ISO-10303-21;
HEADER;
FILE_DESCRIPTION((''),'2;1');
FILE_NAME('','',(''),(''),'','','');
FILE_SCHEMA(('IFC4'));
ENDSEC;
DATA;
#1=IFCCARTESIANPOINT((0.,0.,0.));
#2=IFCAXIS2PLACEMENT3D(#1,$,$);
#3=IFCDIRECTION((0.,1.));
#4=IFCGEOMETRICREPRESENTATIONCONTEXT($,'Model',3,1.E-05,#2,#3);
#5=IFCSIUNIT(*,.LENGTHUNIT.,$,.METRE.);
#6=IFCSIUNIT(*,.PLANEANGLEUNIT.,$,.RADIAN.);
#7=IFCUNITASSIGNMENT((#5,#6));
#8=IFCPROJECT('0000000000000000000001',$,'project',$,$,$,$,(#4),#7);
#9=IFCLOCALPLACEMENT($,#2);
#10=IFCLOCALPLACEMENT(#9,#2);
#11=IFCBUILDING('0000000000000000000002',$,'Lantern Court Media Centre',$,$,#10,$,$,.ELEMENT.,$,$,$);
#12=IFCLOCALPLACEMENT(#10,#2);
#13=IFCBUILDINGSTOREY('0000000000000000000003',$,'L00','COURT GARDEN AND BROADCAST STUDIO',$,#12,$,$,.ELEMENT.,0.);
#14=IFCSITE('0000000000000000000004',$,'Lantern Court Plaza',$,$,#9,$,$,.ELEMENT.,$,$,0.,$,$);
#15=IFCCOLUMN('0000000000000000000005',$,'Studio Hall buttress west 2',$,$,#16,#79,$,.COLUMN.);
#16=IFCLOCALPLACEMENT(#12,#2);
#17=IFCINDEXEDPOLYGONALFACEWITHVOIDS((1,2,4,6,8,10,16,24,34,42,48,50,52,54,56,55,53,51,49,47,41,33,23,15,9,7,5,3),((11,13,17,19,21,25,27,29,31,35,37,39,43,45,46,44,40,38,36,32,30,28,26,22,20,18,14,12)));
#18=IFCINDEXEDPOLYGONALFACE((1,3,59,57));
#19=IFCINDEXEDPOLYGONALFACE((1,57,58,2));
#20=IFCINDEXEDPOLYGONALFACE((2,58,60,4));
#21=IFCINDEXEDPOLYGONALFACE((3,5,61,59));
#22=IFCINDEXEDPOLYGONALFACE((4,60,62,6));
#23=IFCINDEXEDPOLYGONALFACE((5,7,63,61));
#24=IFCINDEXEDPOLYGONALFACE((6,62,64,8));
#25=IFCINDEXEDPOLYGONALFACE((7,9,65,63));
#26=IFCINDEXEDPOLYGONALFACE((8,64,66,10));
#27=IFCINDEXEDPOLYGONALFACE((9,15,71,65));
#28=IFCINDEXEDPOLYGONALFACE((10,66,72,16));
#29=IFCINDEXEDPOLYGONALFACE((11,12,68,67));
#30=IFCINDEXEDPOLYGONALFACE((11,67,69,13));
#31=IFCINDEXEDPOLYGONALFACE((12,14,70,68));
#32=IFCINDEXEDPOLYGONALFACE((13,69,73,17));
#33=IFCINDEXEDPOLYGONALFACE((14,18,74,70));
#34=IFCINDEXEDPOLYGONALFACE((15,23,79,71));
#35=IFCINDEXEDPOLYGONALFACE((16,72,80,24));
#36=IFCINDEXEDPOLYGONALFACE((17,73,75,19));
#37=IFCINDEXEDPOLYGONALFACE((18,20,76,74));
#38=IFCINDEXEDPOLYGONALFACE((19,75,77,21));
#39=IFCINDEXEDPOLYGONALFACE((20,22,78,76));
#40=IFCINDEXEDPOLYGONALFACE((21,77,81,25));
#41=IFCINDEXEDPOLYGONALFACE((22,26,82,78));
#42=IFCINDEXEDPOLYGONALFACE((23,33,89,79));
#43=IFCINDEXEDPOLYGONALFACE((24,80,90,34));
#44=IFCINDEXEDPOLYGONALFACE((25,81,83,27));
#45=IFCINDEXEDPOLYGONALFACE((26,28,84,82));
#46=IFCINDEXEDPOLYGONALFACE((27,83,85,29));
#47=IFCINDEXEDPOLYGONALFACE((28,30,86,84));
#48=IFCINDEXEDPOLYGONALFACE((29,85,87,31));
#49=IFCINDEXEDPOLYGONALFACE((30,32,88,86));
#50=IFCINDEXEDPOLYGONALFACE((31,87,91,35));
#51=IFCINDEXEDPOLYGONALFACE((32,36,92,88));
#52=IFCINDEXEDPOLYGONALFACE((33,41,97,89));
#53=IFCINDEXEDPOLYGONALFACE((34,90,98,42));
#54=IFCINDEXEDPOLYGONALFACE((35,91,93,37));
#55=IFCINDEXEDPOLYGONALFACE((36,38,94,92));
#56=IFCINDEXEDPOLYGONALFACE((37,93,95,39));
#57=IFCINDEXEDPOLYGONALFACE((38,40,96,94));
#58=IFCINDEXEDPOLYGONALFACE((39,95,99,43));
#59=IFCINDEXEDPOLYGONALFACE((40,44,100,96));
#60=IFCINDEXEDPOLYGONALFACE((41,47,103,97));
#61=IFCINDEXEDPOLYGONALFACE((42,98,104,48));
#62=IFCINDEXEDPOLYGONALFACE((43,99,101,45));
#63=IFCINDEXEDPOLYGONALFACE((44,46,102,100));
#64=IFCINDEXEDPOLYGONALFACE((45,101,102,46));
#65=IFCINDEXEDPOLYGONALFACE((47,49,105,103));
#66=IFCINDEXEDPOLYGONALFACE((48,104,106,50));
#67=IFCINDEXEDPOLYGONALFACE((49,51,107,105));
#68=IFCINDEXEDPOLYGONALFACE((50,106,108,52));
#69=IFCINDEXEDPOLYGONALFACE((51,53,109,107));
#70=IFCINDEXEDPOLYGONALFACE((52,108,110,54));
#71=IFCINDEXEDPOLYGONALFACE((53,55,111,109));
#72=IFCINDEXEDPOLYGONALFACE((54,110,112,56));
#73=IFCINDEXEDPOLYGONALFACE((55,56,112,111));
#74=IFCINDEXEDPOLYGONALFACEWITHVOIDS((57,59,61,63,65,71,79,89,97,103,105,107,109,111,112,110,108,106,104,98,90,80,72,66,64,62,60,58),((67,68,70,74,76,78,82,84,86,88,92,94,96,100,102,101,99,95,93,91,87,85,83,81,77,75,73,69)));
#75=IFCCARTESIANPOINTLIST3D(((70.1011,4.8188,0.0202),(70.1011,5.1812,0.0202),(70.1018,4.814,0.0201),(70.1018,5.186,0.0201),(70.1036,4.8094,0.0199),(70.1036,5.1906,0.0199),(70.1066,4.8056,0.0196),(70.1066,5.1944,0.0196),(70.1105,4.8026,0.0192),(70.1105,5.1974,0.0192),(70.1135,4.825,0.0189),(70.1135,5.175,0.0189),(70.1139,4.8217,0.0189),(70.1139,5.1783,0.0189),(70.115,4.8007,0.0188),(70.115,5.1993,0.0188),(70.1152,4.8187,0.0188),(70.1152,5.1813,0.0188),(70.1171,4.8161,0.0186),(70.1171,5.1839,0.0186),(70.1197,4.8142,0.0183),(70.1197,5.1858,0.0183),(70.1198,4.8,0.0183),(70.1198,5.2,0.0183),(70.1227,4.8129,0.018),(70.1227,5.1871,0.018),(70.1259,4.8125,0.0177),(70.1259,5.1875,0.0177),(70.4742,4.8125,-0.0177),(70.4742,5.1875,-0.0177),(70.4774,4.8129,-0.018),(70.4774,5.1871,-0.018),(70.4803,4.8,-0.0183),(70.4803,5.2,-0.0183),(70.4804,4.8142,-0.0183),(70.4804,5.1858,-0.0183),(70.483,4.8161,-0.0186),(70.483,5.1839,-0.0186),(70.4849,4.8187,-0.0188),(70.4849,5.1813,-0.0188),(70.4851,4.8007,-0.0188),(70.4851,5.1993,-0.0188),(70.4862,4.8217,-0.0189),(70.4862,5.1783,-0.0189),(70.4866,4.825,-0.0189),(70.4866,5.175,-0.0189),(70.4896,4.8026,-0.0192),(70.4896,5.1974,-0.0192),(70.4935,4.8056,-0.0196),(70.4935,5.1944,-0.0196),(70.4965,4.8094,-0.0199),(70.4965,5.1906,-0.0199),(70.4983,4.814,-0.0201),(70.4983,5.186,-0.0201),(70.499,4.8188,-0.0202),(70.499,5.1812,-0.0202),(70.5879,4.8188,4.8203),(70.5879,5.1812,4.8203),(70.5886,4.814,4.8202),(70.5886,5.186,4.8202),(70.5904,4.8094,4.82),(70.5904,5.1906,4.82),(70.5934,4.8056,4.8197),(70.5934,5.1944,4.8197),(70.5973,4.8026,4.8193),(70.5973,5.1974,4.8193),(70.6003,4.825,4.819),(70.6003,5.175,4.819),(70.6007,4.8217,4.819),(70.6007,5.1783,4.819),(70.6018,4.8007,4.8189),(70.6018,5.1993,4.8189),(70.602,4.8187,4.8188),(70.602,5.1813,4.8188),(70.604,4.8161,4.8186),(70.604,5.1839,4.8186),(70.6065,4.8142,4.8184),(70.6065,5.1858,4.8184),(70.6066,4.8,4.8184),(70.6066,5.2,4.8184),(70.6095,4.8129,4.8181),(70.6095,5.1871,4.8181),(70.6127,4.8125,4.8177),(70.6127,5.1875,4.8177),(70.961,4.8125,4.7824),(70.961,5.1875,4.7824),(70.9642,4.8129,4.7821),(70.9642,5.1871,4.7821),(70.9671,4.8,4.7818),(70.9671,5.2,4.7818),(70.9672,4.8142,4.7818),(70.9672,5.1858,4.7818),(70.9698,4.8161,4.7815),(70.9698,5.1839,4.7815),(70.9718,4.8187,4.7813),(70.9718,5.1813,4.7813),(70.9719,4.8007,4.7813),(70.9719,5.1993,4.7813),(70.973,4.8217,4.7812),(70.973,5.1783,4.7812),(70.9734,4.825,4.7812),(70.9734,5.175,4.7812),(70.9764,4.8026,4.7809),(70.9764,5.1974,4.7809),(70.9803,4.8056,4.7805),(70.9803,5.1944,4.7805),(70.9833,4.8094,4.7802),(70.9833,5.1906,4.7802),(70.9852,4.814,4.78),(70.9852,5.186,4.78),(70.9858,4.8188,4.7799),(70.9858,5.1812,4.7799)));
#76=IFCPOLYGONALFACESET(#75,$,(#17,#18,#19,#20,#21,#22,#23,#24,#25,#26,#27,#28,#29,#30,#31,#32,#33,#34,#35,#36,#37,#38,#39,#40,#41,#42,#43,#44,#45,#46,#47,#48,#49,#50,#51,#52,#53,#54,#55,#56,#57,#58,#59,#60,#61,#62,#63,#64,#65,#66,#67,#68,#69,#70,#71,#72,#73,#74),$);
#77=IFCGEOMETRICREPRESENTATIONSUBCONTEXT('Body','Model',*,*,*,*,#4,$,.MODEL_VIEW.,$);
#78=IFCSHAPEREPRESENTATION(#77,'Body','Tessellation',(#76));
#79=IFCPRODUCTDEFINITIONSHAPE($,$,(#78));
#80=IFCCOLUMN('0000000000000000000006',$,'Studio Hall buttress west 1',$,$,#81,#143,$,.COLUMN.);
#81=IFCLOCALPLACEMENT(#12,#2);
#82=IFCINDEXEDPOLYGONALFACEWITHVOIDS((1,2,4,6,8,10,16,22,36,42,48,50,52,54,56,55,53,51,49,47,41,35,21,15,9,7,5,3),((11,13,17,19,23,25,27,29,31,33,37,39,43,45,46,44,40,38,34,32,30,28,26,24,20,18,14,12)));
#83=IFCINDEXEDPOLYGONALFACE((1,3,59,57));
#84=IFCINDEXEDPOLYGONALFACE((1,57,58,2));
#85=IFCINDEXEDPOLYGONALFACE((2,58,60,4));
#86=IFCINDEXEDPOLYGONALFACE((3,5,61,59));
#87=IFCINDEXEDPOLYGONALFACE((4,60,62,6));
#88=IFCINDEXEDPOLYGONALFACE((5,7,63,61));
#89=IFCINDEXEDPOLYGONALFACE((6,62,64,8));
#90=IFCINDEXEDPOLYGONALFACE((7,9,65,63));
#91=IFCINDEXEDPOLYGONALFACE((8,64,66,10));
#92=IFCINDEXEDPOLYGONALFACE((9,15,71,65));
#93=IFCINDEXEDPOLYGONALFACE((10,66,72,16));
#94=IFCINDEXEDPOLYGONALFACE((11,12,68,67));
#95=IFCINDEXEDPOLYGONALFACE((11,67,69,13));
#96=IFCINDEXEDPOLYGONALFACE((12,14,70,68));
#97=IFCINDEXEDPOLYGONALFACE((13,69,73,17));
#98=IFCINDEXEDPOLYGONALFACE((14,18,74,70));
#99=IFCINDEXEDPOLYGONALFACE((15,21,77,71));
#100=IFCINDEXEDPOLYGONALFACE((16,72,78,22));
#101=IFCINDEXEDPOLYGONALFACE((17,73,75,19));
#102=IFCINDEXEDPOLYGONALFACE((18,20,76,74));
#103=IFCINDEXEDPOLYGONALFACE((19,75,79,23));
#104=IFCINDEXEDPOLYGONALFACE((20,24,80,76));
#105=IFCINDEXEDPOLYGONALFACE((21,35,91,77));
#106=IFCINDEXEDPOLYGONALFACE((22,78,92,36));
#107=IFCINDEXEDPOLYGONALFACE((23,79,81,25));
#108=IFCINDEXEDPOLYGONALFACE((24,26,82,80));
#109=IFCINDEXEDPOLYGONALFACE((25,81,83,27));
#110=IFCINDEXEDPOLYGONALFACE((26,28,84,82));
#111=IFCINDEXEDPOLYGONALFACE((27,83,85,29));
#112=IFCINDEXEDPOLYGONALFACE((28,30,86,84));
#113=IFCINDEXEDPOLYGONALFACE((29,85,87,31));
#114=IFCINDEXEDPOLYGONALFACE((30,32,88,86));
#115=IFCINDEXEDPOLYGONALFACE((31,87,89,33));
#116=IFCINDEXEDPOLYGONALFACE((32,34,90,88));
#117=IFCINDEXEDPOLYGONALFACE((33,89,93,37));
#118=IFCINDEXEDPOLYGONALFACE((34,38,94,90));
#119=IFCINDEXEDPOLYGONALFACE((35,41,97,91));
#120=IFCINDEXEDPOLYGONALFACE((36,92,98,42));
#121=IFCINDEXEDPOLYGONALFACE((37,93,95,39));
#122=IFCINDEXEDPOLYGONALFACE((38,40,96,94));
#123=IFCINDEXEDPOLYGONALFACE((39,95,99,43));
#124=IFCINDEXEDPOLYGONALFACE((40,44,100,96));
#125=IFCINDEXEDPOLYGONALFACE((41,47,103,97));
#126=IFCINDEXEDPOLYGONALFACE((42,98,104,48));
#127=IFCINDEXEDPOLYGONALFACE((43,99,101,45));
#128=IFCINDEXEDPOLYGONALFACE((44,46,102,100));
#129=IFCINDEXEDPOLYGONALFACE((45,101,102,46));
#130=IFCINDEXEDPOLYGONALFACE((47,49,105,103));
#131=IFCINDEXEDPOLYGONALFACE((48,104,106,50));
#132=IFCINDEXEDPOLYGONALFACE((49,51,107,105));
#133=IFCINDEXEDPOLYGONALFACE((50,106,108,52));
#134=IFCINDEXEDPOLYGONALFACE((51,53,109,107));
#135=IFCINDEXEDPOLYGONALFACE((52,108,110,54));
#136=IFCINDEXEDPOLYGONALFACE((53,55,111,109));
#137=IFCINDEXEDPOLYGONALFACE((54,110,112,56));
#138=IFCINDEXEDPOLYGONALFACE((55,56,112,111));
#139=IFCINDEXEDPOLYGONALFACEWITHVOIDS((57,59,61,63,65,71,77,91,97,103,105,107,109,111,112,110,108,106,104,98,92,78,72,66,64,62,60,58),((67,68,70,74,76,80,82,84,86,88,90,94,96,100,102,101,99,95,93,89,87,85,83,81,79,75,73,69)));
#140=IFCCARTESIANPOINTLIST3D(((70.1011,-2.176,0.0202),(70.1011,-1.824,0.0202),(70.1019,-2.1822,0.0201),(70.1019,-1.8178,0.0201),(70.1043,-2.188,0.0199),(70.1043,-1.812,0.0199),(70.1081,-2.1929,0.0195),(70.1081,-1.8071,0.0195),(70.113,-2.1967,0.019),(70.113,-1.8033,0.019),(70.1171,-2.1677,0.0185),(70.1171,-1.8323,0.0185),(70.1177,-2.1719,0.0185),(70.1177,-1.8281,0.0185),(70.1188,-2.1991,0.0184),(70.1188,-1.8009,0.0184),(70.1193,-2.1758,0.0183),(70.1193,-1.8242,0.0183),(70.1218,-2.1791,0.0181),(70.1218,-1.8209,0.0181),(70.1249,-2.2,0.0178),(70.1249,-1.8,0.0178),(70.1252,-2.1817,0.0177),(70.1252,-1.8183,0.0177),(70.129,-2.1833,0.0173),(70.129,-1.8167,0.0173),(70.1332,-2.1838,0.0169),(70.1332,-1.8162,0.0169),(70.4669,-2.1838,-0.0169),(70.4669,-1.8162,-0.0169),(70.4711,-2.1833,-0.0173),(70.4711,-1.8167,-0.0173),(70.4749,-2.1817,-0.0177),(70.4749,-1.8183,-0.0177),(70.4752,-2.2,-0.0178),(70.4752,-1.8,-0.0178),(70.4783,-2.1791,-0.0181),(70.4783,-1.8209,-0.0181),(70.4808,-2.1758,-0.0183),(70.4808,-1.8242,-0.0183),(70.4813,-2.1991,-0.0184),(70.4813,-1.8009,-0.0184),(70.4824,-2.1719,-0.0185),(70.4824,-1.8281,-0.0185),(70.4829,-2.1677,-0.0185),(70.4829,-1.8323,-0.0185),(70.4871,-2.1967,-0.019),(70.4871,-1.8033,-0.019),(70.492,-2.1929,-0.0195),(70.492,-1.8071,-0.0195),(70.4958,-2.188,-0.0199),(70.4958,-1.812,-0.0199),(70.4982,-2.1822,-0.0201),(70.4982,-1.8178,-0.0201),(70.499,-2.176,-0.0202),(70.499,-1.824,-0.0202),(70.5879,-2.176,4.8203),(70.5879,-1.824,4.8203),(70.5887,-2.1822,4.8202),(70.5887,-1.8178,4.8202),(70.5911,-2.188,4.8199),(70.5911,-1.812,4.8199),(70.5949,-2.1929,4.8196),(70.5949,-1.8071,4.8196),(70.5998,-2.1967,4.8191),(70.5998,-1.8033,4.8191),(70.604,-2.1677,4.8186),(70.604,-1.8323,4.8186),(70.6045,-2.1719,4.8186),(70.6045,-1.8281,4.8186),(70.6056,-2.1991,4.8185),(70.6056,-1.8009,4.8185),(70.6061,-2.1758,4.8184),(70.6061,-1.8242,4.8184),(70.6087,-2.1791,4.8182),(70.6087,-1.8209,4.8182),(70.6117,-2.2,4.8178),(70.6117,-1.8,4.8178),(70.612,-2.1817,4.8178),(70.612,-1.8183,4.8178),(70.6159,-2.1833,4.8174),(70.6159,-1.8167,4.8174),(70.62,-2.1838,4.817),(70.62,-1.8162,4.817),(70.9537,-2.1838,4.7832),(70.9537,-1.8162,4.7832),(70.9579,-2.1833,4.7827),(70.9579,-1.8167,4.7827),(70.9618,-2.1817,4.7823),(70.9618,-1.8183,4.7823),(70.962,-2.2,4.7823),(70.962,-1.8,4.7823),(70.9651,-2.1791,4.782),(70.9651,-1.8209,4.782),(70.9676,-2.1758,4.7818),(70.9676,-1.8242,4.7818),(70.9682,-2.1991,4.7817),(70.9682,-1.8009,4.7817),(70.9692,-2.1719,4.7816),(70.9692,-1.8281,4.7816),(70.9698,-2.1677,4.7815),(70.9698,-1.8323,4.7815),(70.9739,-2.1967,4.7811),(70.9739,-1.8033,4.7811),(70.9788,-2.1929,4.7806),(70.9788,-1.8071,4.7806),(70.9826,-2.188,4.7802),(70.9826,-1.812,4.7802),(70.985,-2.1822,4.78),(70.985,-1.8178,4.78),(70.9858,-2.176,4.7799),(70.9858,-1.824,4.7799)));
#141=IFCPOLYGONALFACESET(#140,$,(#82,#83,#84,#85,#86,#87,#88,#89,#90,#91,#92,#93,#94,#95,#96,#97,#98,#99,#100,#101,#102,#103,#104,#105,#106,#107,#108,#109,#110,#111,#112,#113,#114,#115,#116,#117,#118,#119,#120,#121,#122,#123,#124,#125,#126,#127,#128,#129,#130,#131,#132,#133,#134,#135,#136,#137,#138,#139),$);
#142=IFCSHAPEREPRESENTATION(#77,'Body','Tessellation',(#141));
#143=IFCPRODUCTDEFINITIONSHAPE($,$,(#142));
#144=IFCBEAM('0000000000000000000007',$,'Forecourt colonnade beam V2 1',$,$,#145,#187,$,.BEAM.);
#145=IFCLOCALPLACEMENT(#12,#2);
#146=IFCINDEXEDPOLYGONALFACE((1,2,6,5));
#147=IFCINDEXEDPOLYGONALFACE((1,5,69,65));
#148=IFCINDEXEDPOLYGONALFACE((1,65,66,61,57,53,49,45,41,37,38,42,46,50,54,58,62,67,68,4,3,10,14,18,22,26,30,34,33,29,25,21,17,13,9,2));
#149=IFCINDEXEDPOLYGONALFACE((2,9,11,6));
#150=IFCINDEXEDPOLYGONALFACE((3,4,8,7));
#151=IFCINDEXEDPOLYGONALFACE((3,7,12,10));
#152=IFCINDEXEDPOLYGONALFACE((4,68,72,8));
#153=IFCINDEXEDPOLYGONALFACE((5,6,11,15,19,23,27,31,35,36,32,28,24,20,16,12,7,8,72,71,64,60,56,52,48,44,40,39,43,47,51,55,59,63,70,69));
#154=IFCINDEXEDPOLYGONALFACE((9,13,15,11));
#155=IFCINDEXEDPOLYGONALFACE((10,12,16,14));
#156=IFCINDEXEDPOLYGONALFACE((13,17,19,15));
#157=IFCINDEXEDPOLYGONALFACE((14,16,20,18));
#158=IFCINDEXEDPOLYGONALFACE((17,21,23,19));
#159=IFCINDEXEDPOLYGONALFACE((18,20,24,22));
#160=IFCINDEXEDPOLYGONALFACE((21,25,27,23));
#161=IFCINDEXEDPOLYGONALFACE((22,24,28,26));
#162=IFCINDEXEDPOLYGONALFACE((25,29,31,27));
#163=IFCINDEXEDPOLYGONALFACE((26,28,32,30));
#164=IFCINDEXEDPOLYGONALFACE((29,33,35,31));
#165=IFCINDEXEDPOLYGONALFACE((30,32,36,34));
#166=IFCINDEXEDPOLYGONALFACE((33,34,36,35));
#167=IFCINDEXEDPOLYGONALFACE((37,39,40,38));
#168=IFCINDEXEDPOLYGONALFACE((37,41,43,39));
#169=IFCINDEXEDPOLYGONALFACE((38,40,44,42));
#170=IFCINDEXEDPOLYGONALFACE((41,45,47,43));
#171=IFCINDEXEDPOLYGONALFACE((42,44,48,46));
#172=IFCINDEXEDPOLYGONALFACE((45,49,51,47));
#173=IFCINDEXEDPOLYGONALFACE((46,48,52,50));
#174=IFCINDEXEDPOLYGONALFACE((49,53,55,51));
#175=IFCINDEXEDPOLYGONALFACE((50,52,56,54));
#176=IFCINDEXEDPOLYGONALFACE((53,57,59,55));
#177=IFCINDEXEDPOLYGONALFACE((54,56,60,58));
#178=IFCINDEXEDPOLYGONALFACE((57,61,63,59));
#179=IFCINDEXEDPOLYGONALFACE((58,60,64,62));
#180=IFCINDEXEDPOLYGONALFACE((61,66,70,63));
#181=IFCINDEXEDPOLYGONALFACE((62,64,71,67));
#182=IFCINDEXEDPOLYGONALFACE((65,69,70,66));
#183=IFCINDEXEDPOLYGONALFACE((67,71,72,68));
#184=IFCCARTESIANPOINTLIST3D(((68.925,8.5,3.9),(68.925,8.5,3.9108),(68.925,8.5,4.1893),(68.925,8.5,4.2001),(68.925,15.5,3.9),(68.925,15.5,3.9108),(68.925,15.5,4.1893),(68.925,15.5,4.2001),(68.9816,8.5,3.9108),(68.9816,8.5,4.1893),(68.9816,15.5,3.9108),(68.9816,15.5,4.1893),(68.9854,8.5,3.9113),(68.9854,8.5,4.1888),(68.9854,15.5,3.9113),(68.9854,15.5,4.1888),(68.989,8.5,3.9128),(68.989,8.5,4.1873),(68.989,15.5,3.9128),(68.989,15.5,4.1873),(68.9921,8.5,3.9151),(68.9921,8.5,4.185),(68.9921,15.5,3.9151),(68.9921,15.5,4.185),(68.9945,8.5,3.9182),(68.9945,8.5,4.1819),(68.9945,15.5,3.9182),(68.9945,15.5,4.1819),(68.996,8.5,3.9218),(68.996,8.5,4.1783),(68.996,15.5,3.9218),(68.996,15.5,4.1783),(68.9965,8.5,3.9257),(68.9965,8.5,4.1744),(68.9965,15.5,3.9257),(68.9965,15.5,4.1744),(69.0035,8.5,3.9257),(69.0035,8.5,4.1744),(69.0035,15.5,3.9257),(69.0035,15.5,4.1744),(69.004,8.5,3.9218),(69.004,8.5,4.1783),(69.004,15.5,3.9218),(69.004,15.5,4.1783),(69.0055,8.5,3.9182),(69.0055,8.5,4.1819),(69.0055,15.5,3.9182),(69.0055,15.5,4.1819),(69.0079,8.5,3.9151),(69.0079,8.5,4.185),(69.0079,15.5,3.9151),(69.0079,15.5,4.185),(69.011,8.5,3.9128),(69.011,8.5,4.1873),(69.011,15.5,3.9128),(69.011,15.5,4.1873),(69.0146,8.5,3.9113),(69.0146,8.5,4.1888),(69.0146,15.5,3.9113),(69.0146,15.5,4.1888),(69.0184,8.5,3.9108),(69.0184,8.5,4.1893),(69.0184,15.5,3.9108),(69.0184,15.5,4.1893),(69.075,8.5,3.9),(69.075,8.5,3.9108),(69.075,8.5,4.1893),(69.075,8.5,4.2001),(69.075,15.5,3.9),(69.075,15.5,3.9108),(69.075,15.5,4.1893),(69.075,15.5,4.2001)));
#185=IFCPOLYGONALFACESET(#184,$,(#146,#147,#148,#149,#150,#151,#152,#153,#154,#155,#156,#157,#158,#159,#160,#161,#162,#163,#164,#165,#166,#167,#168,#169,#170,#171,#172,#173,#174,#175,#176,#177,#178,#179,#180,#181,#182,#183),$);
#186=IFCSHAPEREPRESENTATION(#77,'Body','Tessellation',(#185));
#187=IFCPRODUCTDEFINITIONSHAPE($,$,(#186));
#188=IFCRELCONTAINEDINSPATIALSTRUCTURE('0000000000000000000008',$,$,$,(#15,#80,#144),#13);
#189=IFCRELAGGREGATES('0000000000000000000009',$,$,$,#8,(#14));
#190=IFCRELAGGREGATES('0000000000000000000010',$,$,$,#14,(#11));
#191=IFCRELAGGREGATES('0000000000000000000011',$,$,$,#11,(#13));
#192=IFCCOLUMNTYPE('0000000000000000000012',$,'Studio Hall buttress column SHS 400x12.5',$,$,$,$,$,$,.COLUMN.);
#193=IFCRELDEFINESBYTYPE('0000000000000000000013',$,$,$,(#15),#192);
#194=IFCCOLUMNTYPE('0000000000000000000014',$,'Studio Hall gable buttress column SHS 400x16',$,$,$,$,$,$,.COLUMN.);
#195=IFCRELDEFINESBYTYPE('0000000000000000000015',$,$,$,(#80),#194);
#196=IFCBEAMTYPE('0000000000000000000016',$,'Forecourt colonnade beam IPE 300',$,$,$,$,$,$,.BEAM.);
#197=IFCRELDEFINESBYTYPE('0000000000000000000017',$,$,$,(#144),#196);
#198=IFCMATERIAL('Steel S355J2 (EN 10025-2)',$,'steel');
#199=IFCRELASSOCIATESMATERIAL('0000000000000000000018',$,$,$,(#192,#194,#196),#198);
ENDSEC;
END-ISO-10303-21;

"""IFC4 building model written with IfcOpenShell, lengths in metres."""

from ifc_helpers import new_model, si_unit, direction, frame, origin, origin_2d, place, context, subcontext, project, spatial, hollow_rectangle, i_section, extrude, material, material_profile, profile_set, type_object, element, save


model = new_model("IFC4")

# Units and contexts
model_context = context("Model", 3, precision=1e-05, world=origin(), true_north=direction((0.0, 1.0)))
body_context = subcontext(model_context, "Body", "Model", "MODEL_VIEW")
ifc_project = project(units=[si_unit("LENGTHUNIT", "METRE"), si_unit("PLANEANGLEUNIT", "RADIAN")], contexts=[model_context])

# Site, building, storey
site_placement = place(None, origin())
site = spatial("IfcSite", under=ifc_project, at=site_placement, Name="Lantern Court Plaza", CompositionType="ELEMENT", RefElevation=0.0)
building_placement = place(site_placement, origin())
building = spatial("IfcBuilding", under=site, at=building_placement, Name="Lantern Court Media Centre", CompositionType="ELEMENT")
storey_placement = place(building_placement, origin())
storey = spatial("IfcBuildingStorey", under=building, at=storey_placement, Name="L00", Description="COURT GARDEN AND BROADCAST STUDIO", CompositionType="ELEMENT", Elevation=0.0)

# Columns
ifc_material_1 = material(Name="Steel S355J2 (EN 10025-2)", Category="steel")
ifc_material_profile_1 = material_profile(ifc_material_1, hollow_rectangle(XDim=0.3999, YDim=0.3999, WallThickness=0.0125, InnerFilletRadius=0.0125, OuterFilletRadius=0.0188, at=origin_2d()), Name="Studio Hall buttress column SHS 400x12.5")
ifc_profile_set_1 = profile_set([ifc_material_profile_1], Name="Steel S355J2 (EN 10025-2)")
column_type_1 = type_object("IfcColumnType", Name="Studio Hall buttress column SHS 400x12.5", PredefinedType="COLUMN", material=ifc_profile_set_1)
column_1_placement = place(storey_placement, frame((70.3, 5.0, 0.0), z_axis=(0.100901, 0.0, 0.994896), x_axis=(0.0, 1.0, 0.0)))
element("IfcColumn", 1, at=column_1_placement, inside=storey, type_object=column_type_1, Name="Studio Hall buttress west 2", PredefinedType="COLUMN", context=body_context, shape_type="SweptSolid", body=[
    extrude(hollow_rectangle(XDim=0.3999, YDim=0.3999, WallThickness=0.0125, InnerFilletRadius=0.0125, OuterFilletRadius=0.0188, at=origin_2d()), origin(), (0.0, 0.0, 1.0), 4.8247),
])
ifc_material_profile_2 = material_profile(ifc_material_1, hollow_rectangle(XDim=0.3999, YDim=0.3999, WallThickness=0.0161, InnerFilletRadius=0.0161, OuterFilletRadius=0.0239, at=origin_2d()), Name="Studio Hall gable buttress column SHS 400x16")
ifc_profile_set_2 = profile_set([ifc_material_profile_2], Name="Steel S355J2 (EN 10025-2)")
column_type_2 = type_object("IfcColumnType", Name="Studio Hall gable buttress column SHS 400x16", PredefinedType="COLUMN", material=ifc_profile_set_2)
column_2_placement = place(storey_placement, frame((70.3, -2.0, 0.0), z_axis=(0.100901, 0.0, 0.994896), x_axis=(0.0, 1.0, 0.0)))
element("IfcColumn", 2, at=column_2_placement, inside=storey, type_object=column_type_2, Name="Studio Hall buttress west 1", PredefinedType="COLUMN", context=body_context, shape_type="SweptSolid", body=[
    extrude(hollow_rectangle(XDim=0.3999, YDim=0.3999, WallThickness=0.0161, InnerFilletRadius=0.0161, OuterFilletRadius=0.0239, at=origin_2d()), origin(), (0.0, 0.0, 1.0), 4.8247),
])

# Beam
ifc_material_profile_3 = material_profile(ifc_material_1, i_section(OverallWidth=0.1499, OverallDepth=0.3, WebThickness=0.0071, FlangeThickness=0.0107, FilletRadius=0.0149, at=origin_2d()), Name="IPE 300")
ifc_profile_set_3 = profile_set([ifc_material_profile_3], Name="Steel S355J2 (EN 10025-2)")
beam_type_1 = type_object("IfcBeamType", Name="Forecourt colonnade beam IPE 300", PredefinedType="BEAM", material=ifc_profile_set_3)
beam_1_placement = place(storey_placement, frame((69.0, 8.5, 4.05), z_axis=(0.0, 1.0, 0.0), x_axis=(-1.0, 0.0, 0.0)))
element("IfcBeam", 3, at=beam_1_placement, inside=storey, type_object=beam_type_1, Name="Forecourt colonnade beam V2 1", PredefinedType="BEAM", context=body_context, shape_type="SweptSolid", body=[
    extrude(i_section(OverallWidth=0.1499, OverallDepth=0.3, WebThickness=0.0071, FlangeThickness=0.0107, FilletRadius=0.0149, at=origin_2d()), origin(), (0.0, 0.0, 1.0), 7.0),
])

save(model, "model.ifc")
